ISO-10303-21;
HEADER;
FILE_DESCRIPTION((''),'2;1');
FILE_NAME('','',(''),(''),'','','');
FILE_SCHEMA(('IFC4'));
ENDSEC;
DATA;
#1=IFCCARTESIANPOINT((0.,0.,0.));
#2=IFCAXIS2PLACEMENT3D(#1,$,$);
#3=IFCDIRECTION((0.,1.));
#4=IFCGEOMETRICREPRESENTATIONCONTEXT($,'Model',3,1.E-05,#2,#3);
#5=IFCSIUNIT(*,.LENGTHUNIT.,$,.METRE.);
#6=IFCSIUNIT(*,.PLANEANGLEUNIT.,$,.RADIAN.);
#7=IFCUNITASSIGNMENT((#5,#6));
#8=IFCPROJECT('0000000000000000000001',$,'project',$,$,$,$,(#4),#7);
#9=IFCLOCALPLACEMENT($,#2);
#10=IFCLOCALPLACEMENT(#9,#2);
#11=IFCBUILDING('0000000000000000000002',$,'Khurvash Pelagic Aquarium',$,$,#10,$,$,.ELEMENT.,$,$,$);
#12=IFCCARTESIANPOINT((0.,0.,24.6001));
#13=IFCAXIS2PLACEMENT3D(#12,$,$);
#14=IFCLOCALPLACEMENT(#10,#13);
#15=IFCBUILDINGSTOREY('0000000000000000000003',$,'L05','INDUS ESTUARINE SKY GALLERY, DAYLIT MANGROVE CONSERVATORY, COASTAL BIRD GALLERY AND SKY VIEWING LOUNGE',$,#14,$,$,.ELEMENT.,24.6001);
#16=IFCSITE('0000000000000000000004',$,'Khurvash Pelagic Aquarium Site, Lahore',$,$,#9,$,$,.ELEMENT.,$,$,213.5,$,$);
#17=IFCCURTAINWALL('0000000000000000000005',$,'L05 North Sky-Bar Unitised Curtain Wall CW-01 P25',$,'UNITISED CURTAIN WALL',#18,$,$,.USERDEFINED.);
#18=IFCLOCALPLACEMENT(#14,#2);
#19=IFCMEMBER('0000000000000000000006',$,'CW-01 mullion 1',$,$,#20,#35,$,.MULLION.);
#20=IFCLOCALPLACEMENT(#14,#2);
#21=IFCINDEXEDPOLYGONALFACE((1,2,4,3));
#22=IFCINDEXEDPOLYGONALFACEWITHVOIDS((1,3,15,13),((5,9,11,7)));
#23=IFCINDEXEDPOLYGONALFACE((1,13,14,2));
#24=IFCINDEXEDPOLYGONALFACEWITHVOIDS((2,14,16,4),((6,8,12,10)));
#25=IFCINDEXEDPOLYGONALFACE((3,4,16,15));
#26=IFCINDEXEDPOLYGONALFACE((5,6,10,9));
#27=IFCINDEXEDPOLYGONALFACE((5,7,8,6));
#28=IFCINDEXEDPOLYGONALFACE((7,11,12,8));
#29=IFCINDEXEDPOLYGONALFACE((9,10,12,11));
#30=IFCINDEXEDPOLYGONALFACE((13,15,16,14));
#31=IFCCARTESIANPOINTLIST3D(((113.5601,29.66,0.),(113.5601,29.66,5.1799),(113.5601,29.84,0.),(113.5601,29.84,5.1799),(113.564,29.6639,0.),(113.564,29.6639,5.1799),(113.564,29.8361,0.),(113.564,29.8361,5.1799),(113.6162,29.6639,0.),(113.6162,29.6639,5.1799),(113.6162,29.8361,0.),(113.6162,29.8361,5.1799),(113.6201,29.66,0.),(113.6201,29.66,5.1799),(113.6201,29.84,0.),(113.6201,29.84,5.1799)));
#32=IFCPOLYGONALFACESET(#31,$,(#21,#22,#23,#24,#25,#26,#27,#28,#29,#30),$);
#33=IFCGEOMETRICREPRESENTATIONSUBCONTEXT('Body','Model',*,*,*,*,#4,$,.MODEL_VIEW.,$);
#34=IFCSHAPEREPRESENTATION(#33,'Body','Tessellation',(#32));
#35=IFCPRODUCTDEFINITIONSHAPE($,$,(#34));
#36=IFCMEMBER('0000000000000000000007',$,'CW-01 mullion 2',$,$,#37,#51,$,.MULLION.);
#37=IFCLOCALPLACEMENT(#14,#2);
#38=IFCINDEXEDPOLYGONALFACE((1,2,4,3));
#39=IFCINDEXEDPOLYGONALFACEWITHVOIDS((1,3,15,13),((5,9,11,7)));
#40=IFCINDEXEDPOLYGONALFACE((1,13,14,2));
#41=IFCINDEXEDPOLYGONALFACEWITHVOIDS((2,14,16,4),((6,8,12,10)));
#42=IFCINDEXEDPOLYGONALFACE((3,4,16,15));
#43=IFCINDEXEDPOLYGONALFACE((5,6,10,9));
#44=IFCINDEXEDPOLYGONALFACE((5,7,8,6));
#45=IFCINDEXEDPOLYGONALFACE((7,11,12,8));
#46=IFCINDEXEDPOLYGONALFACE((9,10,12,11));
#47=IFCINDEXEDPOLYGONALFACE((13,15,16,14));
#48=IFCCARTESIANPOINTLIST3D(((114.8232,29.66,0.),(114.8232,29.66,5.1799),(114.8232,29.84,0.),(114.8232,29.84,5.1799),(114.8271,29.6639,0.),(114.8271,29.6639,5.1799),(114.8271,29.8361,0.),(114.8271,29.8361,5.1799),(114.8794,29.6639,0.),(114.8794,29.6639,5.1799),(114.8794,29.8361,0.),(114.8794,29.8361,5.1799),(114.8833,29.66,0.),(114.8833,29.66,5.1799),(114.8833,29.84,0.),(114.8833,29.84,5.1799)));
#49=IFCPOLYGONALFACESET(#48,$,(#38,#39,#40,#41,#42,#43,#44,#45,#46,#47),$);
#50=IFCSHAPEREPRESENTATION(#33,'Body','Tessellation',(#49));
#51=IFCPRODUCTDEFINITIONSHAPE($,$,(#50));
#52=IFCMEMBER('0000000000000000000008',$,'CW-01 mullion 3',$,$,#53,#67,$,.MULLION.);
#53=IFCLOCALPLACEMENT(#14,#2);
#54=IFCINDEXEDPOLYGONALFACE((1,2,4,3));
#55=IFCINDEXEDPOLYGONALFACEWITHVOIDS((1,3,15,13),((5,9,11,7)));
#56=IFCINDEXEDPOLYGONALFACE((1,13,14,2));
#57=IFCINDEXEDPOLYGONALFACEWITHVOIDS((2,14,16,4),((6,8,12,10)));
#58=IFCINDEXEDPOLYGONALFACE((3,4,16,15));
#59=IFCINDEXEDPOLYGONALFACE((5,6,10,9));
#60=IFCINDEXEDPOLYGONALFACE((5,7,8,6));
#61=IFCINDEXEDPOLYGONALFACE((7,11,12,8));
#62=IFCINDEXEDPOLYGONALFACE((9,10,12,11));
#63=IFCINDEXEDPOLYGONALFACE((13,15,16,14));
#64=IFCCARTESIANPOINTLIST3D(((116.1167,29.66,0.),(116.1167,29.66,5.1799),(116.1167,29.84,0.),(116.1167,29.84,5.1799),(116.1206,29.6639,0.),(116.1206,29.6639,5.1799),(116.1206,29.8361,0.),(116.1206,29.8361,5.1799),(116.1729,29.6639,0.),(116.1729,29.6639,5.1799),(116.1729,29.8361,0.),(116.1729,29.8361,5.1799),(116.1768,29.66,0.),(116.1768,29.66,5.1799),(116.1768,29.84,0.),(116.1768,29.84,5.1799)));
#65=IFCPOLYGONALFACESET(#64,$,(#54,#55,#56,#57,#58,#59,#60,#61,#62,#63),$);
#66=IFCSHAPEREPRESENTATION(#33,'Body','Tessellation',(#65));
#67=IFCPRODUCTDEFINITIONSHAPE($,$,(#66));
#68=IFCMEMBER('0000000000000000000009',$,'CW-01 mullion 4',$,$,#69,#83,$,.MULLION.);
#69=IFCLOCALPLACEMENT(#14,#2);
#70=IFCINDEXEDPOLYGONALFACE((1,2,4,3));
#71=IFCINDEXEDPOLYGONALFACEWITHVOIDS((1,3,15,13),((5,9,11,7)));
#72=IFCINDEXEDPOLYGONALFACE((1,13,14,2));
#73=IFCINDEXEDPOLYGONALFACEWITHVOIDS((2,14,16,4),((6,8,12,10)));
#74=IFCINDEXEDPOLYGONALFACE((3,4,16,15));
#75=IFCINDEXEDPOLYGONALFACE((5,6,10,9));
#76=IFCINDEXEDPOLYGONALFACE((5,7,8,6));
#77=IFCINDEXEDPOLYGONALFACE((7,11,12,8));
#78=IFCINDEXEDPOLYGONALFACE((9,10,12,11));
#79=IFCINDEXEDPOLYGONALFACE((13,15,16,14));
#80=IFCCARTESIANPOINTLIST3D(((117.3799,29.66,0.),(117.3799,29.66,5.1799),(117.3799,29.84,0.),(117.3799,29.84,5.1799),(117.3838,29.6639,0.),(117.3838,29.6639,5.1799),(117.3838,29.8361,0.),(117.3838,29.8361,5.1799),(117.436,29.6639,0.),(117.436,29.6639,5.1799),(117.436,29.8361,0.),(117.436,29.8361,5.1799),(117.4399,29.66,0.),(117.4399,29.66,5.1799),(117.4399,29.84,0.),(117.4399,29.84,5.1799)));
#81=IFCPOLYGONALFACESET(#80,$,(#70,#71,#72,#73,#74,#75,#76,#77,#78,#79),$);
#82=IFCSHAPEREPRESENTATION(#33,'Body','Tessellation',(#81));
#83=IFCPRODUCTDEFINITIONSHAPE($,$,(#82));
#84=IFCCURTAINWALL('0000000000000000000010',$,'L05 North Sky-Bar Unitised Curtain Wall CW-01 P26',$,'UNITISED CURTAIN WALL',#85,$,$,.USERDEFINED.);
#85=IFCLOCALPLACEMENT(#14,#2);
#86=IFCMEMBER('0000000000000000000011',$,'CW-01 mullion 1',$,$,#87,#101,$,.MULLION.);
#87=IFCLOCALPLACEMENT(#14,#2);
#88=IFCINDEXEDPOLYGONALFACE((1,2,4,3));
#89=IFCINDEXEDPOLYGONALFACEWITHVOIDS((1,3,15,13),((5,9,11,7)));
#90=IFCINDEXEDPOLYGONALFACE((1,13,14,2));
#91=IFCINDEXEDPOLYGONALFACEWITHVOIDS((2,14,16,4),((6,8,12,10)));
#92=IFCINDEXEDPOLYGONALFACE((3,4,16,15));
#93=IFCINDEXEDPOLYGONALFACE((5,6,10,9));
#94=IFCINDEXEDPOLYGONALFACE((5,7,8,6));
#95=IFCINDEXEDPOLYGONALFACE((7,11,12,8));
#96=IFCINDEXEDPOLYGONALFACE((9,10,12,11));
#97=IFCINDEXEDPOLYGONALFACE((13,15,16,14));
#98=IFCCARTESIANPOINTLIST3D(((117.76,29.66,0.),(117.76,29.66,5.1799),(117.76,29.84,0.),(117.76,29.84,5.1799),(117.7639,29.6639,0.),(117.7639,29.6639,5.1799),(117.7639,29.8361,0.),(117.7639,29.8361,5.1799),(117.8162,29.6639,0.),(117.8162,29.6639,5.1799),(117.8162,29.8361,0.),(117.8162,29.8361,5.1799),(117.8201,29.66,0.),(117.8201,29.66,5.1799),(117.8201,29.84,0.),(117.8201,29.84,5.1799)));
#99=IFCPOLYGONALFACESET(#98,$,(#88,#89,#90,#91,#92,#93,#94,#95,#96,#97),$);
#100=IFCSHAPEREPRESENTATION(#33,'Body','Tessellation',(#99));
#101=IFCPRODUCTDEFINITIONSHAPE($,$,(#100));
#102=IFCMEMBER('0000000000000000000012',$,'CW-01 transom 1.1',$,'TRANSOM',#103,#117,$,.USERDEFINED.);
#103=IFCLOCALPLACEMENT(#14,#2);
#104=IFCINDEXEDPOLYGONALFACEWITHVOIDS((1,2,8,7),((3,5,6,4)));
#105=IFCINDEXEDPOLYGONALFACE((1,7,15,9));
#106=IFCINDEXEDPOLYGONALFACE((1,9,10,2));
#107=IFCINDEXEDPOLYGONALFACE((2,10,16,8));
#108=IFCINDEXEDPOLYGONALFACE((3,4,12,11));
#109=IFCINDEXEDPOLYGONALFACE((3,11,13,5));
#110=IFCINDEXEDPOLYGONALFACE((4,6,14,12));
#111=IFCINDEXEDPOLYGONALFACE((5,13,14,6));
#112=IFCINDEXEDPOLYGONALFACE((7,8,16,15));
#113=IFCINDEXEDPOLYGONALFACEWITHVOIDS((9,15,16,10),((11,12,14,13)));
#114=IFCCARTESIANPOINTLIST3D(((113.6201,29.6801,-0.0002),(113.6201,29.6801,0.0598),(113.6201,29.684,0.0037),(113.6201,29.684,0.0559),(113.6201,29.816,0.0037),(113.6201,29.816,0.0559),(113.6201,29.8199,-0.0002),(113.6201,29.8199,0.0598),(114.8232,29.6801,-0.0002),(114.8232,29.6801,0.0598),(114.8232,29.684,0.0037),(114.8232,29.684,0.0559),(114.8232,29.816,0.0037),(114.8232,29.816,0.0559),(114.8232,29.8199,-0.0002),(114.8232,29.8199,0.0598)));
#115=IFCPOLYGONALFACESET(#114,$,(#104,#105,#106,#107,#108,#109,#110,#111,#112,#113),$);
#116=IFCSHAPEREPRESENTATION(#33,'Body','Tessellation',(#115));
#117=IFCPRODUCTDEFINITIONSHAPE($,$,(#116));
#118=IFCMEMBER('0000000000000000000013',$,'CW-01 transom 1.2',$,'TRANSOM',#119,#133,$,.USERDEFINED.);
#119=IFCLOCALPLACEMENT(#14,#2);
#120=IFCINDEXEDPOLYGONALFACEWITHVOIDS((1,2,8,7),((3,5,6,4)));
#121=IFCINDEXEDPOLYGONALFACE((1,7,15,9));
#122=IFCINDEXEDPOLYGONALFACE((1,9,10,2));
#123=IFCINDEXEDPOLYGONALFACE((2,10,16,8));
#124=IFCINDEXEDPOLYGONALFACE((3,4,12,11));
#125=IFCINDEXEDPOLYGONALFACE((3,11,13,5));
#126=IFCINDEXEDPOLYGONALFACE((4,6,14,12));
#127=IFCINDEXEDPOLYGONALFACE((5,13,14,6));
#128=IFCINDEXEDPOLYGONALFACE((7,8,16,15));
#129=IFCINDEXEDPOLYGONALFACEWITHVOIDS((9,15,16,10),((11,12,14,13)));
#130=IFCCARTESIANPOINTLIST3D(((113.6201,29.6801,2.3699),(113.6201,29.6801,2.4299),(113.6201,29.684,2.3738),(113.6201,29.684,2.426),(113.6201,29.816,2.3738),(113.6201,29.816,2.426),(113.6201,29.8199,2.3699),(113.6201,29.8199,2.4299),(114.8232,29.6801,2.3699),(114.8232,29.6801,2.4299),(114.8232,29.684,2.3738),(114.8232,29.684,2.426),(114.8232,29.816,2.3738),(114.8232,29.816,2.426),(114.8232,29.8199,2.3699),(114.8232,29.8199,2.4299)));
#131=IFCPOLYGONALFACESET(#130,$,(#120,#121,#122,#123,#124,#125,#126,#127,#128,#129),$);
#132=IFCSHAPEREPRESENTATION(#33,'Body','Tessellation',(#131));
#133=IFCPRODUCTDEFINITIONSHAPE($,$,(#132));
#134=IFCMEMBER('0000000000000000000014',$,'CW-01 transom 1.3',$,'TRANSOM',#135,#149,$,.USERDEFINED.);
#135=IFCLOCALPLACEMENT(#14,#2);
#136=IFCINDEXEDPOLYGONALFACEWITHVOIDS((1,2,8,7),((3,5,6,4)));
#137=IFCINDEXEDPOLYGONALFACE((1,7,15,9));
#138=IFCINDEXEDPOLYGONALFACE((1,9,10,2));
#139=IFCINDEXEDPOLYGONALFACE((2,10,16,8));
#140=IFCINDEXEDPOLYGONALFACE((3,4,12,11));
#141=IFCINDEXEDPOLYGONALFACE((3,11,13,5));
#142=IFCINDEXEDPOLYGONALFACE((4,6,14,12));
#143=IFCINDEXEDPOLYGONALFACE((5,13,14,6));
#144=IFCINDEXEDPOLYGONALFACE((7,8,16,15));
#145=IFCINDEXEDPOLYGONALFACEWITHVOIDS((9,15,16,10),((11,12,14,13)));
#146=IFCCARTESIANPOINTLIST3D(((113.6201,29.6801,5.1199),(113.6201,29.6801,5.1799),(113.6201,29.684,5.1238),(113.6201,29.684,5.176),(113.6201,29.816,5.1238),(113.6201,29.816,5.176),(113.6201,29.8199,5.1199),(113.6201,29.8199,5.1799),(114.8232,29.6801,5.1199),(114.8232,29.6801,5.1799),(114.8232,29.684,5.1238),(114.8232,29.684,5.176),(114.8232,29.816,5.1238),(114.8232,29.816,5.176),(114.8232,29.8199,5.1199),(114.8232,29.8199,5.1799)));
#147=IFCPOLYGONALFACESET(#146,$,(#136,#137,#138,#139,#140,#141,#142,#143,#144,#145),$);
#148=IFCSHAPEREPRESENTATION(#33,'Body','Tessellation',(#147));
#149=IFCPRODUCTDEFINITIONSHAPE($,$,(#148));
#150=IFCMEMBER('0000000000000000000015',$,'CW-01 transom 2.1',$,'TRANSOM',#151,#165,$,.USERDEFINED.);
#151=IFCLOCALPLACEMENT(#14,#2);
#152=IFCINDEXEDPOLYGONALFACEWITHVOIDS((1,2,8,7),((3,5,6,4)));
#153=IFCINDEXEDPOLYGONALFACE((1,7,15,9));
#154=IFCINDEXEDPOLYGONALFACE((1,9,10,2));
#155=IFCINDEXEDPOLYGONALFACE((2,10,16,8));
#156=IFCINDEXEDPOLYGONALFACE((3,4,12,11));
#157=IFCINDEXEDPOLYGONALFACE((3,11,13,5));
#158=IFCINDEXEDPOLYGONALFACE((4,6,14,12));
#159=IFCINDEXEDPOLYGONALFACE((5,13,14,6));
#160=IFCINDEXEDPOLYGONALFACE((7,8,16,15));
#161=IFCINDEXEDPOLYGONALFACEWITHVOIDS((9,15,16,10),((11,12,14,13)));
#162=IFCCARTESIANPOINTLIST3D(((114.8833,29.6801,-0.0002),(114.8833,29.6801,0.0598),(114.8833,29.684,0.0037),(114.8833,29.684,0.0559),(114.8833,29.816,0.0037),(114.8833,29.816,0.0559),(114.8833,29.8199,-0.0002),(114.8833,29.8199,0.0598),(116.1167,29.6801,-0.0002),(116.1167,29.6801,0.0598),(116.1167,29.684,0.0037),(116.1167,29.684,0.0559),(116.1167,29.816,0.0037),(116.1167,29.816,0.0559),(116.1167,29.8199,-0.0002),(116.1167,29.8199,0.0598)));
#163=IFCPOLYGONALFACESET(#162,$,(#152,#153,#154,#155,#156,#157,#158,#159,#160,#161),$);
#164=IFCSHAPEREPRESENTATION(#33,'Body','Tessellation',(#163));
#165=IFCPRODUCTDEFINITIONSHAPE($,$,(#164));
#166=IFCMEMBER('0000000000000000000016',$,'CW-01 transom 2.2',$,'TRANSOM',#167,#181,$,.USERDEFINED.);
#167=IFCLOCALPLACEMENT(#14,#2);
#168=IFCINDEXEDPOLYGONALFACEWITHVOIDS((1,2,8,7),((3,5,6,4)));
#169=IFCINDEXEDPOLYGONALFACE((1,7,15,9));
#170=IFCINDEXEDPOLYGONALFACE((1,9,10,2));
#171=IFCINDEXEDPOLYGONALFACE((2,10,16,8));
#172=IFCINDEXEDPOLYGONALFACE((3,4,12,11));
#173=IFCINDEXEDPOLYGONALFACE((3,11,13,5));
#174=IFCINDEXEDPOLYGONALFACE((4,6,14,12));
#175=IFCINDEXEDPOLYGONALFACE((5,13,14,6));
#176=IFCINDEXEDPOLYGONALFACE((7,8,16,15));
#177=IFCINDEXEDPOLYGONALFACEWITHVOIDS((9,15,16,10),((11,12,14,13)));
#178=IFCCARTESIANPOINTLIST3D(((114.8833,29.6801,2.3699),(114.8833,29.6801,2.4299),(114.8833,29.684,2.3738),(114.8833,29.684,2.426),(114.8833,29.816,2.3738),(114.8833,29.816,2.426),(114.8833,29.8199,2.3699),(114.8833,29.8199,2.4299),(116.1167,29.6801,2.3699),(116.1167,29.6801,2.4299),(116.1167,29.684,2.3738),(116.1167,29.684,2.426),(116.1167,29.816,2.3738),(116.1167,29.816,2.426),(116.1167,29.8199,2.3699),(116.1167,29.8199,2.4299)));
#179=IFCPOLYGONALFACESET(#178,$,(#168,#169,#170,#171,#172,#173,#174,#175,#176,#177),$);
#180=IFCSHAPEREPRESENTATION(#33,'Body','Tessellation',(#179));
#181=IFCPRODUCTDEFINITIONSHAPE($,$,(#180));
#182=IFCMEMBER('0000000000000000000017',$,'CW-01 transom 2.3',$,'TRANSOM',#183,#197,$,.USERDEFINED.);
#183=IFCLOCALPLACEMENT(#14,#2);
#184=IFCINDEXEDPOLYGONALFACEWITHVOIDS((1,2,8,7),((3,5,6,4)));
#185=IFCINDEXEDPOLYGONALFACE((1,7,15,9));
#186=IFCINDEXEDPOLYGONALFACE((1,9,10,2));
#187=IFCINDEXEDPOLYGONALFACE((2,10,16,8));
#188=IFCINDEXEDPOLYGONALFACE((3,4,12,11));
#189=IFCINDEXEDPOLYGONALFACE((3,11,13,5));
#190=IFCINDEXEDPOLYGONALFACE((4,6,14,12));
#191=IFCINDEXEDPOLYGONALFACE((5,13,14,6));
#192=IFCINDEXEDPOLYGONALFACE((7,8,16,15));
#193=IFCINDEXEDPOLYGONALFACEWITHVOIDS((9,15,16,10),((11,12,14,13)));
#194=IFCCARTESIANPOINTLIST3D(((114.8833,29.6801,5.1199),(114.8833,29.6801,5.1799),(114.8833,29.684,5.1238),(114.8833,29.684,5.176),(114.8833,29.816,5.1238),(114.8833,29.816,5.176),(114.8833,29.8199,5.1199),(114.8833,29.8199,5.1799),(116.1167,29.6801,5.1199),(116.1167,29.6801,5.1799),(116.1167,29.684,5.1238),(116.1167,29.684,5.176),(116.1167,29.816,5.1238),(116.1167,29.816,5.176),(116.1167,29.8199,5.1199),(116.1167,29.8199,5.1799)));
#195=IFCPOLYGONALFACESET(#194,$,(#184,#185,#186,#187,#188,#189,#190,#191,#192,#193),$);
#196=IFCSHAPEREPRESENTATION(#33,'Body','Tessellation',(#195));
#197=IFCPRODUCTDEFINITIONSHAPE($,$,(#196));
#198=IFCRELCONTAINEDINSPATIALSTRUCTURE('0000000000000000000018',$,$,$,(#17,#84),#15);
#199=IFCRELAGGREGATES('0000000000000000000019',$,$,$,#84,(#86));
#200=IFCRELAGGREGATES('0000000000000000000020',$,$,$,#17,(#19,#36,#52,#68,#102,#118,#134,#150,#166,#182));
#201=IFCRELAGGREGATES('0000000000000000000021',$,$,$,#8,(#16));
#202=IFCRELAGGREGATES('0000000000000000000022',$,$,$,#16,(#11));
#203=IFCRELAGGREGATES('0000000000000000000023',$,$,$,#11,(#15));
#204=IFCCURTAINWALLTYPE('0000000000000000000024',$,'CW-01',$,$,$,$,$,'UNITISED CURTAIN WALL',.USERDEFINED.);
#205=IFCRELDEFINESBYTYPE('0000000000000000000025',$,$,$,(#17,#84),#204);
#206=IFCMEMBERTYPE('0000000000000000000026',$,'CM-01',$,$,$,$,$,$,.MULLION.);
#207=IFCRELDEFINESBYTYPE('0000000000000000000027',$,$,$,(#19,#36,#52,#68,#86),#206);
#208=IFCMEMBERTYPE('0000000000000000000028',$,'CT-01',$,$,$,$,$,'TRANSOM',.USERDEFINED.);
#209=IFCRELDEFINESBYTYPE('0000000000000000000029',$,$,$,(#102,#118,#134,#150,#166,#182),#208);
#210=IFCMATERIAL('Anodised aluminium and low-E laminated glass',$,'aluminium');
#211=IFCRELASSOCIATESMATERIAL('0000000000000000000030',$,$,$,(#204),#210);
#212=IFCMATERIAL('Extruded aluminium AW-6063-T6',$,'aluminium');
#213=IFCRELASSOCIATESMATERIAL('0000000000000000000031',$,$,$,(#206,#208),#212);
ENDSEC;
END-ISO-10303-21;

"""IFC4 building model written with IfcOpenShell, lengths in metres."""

from ifc_helpers import new_model, si_unit, direction, frame, origin, origin_2d, place, context, subcontext, project, spatial, hollow_rectangle, extrude, material, material_profile, profile_set, type_object, element, aggregate, save


model = new_model("IFC4")

# Units and contexts
model_context = context("Model", 3, precision=1e-05, world=origin(), true_north=direction((0.0, 1.0)))
body_context = subcontext(model_context, "Body", "Model", "MODEL_VIEW")
ifc_project = project(units=[si_unit("LENGTHUNIT", "METRE"), si_unit("PLANEANGLEUNIT", "RADIAN")], contexts=[model_context])

# Site, building, storey
site_placement = place(None, origin())
site = spatial("IfcSite", under=ifc_project, at=site_placement, Name="Khurvash Pelagic Aquarium Site, Lahore", CompositionType="ELEMENT", RefElevation=213.5)
building_placement = place(site_placement, origin())
building = spatial("IfcBuilding", under=site, at=building_placement, Name="Khurvash Pelagic Aquarium", CompositionType="ELEMENT")
storey_placement = place(building_placement, frame((0.0, 0.0, 24.6001)))
storey = spatial("IfcBuildingStorey", under=building, at=storey_placement, Name="L05", Description="INDUS ESTUARINE SKY GALLERY, DAYLIT MANGROVE CONSERVATORY, COASTAL BIRD GALLERY AND SKY VIEWING LOUNGE", CompositionType="ELEMENT", Elevation=24.6001)

# Curtain wall, members
ifc_material_1 = material(Name="Anodised aluminium and low-E laminated glass", Category="aluminium")
curtain_wall_type = type_object("IfcCurtainWallType", Name="CW-01", ElementType="UNITISED CURTAIN WALL", PredefinedType="USERDEFINED", material=ifc_material_1)
curtain_wall_1_placement = place(storey_placement, origin())
curtain_wall_1 = element("IfcCurtainWall", 1, at=curtain_wall_1_placement, inside=storey, type_object=curtain_wall_type, Name="L05 North Sky-Bar Unitised Curtain Wall CW-01 P25", ObjectType="UNITISED CURTAIN WALL", PredefinedType="USERDEFINED")
ifc_material_2 = material(Name="Extruded aluminium AW-6063-T6", Category="aluminium")
ifc_material_profile_1 = material_profile(ifc_material_2, hollow_rectangle(XDim=0.0601, YDim=0.1799, WallThickness=0.0039, at=origin_2d()), Name="CWM60X180X4")
ifc_profile_set_1 = profile_set([ifc_material_profile_1], Name="Extruded aluminium AW-6063-T6")
member_type_1 = type_object("IfcMemberType", Name="CM-01", PredefinedType="MULLION", material=ifc_profile_set_1)
member_1_placement = place(storey_placement, frame((113.5901, 29.75, 0.0), z_axis=(0.0, 0.0, 1.0), x_axis=(1.0, 0.0, 0.0)))
member_1 = element("IfcMember", 2, at=member_1_placement, type_object=member_type_1, Name="CW-01 mullion 1", PredefinedType="MULLION", context=body_context, shape_type="SweptSolid", body=[
    extrude(hollow_rectangle(XDim=0.0601, YDim=0.1799, WallThickness=0.0039, at=origin_2d()), origin(), (0.0, 0.0, 1.0), 5.1799),
])
member_2_placement = place(storey_placement, frame((114.8533, 29.75, 0.0), z_axis=(0.0, 0.0, 1.0), x_axis=(1.0, 0.0, 0.0)))
member_2 = element("IfcMember", 3, at=member_2_placement, type_object=member_type_1, Name="CW-01 mullion 2", PredefinedType="MULLION", context=body_context, shape_type="SweptSolid", body=[
    extrude(hollow_rectangle(XDim=0.0601, YDim=0.1799, WallThickness=0.0039, at=origin_2d()), origin(), (0.0, 0.0, 1.0), 5.1799),
])
member_3_placement = place(storey_placement, frame((116.1467, 29.75, 0.0), z_axis=(0.0, 0.0, 1.0), x_axis=(1.0, 0.0, 0.0)))
member_3 = element("IfcMember", 4, at=member_3_placement, type_object=member_type_1, Name="CW-01 mullion 3", PredefinedType="MULLION", context=body_context, shape_type="SweptSolid", body=[
    extrude(hollow_rectangle(XDim=0.0601, YDim=0.1799, WallThickness=0.0039, at=origin_2d()), origin(), (0.0, 0.0, 1.0), 5.1799),
])
member_4_placement = place(storey_placement, frame((117.4099, 29.75, 0.0), z_axis=(0.0, 0.0, 1.0), x_axis=(1.0, 0.0, 0.0)))
member_4 = element("IfcMember", 5, at=member_4_placement, type_object=member_type_1, Name="CW-01 mullion 4", PredefinedType="MULLION", context=body_context, shape_type="SweptSolid", body=[
    extrude(hollow_rectangle(XDim=0.0601, YDim=0.1799, WallThickness=0.0039, at=origin_2d()), origin(), (0.0, 0.0, 1.0), 5.1799),
])

# Curtain wall, member
curtain_wall_2_placement = place(storey_placement, origin())
curtain_wall_2 = element("IfcCurtainWall", 6, at=curtain_wall_2_placement, inside=storey, type_object=curtain_wall_type, Name="L05 North Sky-Bar Unitised Curtain Wall CW-01 P26", ObjectType="UNITISED CURTAIN WALL", PredefinedType="USERDEFINED")
member_5_placement = place(storey_placement, frame((117.79, 29.75, 0.0), z_axis=(0.0, 0.0, 1.0), x_axis=(1.0, 0.0, 0.0)))
member_5 = element("IfcMember", 7, at=member_5_placement, type_object=member_type_1, Name="CW-01 mullion 1", PredefinedType="MULLION", context=body_context, shape_type="SweptSolid", body=[
    extrude(hollow_rectangle(XDim=0.0601, YDim=0.1799, WallThickness=0.0039, at=origin_2d()), origin(), (0.0, 0.0, 1.0), 5.1799),
])

# Members
ifc_material_profile_2 = material_profile(ifc_material_2, hollow_rectangle(XDim=0.1399, YDim=0.0601, WallThickness=0.0039, at=origin_2d()), Name="CWT140X60X4")
ifc_profile_set_2 = profile_set([ifc_material_profile_2], Name="Extruded aluminium AW-6063-T6")
member_type_2 = type_object("IfcMemberType", Name="CT-01", ElementType="TRANSOM", PredefinedType="USERDEFINED", material=ifc_profile_set_2)
member_6_placement = place(storey_placement, frame((113.6201, 29.75, 0.0298), z_axis=(1.0, 0.0, 0.0), x_axis=(0.0, 1.0, 0.0)))
member_6 = element("IfcMember", 8, at=member_6_placement, type_object=member_type_2, Name="CW-01 transom 1.1", ObjectType="TRANSOM", PredefinedType="USERDEFINED", context=body_context, shape_type="SweptSolid", body=[
    extrude(hollow_rectangle(XDim=0.1399, YDim=0.0601, WallThickness=0.0039, at=origin_2d()), origin(), (0.0, 0.0, 1.0), 1.2031),
])
member_7_placement = place(storey_placement, frame((113.6201, 29.75, 2.3999), z_axis=(1.0, 0.0, 0.0), x_axis=(0.0, 1.0, 0.0)))
member_7 = element("IfcMember", 9, at=member_7_placement, type_object=member_type_2, Name="CW-01 transom 1.2", ObjectType="TRANSOM", PredefinedType="USERDEFINED", context=body_context, shape_type="SweptSolid", body=[
    extrude(hollow_rectangle(XDim=0.1399, YDim=0.0601, WallThickness=0.0039, at=origin_2d()), origin(), (0.0, 0.0, 1.0), 1.2031),
])
member_8_placement = place(storey_placement, frame((113.6201, 29.75, 5.1499), z_axis=(1.0, 0.0, 0.0), x_axis=(0.0, 1.0, 0.0)))
member_8 = element("IfcMember", 10, at=member_8_placement, type_object=member_type_2, Name="CW-01 transom 1.3", ObjectType="TRANSOM", PredefinedType="USERDEFINED", context=body_context, shape_type="SweptSolid", body=[
    extrude(hollow_rectangle(XDim=0.1399, YDim=0.0601, WallThickness=0.0039, at=origin_2d()), origin(), (0.0, 0.0, 1.0), 1.2031),
])
member_9_placement = place(storey_placement, frame((114.8833, 29.75, 0.0298), z_axis=(1.0, 0.0, 0.0), x_axis=(0.0, 1.0, 0.0)))
member_9 = element("IfcMember", 11, at=member_9_placement, type_object=member_type_2, Name="CW-01 transom 2.1", ObjectType="TRANSOM", PredefinedType="USERDEFINED", context=body_context, shape_type="SweptSolid", body=[
    extrude(hollow_rectangle(XDim=0.1399, YDim=0.0601, WallThickness=0.0039, at=origin_2d()), origin(), (0.0, 0.0, 1.0), 1.2334),
])
member_10_placement = place(storey_placement, frame((114.8833, 29.75, 2.3999), z_axis=(1.0, 0.0, 0.0), x_axis=(0.0, 1.0, 0.0)))
member_10 = element("IfcMember", 12, at=member_10_placement, type_object=member_type_2, Name="CW-01 transom 2.2", ObjectType="TRANSOM", PredefinedType="USERDEFINED", context=body_context, shape_type="SweptSolid", body=[
    extrude(hollow_rectangle(XDim=0.1399, YDim=0.0601, WallThickness=0.0039, at=origin_2d()), origin(), (0.0, 0.0, 1.0), 1.2334),
])
member_11_placement = place(storey_placement, frame((114.8833, 29.75, 5.1499), z_axis=(1.0, 0.0, 0.0), x_axis=(0.0, 1.0, 0.0)))
member_11 = element("IfcMember", 13, at=member_11_placement, type_object=member_type_2, Name="CW-01 transom 2.3", ObjectType="TRANSOM", PredefinedType="USERDEFINED", context=body_context, shape_type="SweptSolid", body=[
    extrude(hollow_rectangle(XDim=0.1399, YDim=0.0601, WallThickness=0.0039, at=origin_2d()), origin(), (0.0, 0.0, 1.0), 1.2334),
])
aggregate(curtain_wall_2, [member_5])

aggregate(curtain_wall_1, [member_1, member_2, member_3, member_4, member_6, member_7, member_8, member_9, member_10, member_11])

save(model, "model.ifc")
